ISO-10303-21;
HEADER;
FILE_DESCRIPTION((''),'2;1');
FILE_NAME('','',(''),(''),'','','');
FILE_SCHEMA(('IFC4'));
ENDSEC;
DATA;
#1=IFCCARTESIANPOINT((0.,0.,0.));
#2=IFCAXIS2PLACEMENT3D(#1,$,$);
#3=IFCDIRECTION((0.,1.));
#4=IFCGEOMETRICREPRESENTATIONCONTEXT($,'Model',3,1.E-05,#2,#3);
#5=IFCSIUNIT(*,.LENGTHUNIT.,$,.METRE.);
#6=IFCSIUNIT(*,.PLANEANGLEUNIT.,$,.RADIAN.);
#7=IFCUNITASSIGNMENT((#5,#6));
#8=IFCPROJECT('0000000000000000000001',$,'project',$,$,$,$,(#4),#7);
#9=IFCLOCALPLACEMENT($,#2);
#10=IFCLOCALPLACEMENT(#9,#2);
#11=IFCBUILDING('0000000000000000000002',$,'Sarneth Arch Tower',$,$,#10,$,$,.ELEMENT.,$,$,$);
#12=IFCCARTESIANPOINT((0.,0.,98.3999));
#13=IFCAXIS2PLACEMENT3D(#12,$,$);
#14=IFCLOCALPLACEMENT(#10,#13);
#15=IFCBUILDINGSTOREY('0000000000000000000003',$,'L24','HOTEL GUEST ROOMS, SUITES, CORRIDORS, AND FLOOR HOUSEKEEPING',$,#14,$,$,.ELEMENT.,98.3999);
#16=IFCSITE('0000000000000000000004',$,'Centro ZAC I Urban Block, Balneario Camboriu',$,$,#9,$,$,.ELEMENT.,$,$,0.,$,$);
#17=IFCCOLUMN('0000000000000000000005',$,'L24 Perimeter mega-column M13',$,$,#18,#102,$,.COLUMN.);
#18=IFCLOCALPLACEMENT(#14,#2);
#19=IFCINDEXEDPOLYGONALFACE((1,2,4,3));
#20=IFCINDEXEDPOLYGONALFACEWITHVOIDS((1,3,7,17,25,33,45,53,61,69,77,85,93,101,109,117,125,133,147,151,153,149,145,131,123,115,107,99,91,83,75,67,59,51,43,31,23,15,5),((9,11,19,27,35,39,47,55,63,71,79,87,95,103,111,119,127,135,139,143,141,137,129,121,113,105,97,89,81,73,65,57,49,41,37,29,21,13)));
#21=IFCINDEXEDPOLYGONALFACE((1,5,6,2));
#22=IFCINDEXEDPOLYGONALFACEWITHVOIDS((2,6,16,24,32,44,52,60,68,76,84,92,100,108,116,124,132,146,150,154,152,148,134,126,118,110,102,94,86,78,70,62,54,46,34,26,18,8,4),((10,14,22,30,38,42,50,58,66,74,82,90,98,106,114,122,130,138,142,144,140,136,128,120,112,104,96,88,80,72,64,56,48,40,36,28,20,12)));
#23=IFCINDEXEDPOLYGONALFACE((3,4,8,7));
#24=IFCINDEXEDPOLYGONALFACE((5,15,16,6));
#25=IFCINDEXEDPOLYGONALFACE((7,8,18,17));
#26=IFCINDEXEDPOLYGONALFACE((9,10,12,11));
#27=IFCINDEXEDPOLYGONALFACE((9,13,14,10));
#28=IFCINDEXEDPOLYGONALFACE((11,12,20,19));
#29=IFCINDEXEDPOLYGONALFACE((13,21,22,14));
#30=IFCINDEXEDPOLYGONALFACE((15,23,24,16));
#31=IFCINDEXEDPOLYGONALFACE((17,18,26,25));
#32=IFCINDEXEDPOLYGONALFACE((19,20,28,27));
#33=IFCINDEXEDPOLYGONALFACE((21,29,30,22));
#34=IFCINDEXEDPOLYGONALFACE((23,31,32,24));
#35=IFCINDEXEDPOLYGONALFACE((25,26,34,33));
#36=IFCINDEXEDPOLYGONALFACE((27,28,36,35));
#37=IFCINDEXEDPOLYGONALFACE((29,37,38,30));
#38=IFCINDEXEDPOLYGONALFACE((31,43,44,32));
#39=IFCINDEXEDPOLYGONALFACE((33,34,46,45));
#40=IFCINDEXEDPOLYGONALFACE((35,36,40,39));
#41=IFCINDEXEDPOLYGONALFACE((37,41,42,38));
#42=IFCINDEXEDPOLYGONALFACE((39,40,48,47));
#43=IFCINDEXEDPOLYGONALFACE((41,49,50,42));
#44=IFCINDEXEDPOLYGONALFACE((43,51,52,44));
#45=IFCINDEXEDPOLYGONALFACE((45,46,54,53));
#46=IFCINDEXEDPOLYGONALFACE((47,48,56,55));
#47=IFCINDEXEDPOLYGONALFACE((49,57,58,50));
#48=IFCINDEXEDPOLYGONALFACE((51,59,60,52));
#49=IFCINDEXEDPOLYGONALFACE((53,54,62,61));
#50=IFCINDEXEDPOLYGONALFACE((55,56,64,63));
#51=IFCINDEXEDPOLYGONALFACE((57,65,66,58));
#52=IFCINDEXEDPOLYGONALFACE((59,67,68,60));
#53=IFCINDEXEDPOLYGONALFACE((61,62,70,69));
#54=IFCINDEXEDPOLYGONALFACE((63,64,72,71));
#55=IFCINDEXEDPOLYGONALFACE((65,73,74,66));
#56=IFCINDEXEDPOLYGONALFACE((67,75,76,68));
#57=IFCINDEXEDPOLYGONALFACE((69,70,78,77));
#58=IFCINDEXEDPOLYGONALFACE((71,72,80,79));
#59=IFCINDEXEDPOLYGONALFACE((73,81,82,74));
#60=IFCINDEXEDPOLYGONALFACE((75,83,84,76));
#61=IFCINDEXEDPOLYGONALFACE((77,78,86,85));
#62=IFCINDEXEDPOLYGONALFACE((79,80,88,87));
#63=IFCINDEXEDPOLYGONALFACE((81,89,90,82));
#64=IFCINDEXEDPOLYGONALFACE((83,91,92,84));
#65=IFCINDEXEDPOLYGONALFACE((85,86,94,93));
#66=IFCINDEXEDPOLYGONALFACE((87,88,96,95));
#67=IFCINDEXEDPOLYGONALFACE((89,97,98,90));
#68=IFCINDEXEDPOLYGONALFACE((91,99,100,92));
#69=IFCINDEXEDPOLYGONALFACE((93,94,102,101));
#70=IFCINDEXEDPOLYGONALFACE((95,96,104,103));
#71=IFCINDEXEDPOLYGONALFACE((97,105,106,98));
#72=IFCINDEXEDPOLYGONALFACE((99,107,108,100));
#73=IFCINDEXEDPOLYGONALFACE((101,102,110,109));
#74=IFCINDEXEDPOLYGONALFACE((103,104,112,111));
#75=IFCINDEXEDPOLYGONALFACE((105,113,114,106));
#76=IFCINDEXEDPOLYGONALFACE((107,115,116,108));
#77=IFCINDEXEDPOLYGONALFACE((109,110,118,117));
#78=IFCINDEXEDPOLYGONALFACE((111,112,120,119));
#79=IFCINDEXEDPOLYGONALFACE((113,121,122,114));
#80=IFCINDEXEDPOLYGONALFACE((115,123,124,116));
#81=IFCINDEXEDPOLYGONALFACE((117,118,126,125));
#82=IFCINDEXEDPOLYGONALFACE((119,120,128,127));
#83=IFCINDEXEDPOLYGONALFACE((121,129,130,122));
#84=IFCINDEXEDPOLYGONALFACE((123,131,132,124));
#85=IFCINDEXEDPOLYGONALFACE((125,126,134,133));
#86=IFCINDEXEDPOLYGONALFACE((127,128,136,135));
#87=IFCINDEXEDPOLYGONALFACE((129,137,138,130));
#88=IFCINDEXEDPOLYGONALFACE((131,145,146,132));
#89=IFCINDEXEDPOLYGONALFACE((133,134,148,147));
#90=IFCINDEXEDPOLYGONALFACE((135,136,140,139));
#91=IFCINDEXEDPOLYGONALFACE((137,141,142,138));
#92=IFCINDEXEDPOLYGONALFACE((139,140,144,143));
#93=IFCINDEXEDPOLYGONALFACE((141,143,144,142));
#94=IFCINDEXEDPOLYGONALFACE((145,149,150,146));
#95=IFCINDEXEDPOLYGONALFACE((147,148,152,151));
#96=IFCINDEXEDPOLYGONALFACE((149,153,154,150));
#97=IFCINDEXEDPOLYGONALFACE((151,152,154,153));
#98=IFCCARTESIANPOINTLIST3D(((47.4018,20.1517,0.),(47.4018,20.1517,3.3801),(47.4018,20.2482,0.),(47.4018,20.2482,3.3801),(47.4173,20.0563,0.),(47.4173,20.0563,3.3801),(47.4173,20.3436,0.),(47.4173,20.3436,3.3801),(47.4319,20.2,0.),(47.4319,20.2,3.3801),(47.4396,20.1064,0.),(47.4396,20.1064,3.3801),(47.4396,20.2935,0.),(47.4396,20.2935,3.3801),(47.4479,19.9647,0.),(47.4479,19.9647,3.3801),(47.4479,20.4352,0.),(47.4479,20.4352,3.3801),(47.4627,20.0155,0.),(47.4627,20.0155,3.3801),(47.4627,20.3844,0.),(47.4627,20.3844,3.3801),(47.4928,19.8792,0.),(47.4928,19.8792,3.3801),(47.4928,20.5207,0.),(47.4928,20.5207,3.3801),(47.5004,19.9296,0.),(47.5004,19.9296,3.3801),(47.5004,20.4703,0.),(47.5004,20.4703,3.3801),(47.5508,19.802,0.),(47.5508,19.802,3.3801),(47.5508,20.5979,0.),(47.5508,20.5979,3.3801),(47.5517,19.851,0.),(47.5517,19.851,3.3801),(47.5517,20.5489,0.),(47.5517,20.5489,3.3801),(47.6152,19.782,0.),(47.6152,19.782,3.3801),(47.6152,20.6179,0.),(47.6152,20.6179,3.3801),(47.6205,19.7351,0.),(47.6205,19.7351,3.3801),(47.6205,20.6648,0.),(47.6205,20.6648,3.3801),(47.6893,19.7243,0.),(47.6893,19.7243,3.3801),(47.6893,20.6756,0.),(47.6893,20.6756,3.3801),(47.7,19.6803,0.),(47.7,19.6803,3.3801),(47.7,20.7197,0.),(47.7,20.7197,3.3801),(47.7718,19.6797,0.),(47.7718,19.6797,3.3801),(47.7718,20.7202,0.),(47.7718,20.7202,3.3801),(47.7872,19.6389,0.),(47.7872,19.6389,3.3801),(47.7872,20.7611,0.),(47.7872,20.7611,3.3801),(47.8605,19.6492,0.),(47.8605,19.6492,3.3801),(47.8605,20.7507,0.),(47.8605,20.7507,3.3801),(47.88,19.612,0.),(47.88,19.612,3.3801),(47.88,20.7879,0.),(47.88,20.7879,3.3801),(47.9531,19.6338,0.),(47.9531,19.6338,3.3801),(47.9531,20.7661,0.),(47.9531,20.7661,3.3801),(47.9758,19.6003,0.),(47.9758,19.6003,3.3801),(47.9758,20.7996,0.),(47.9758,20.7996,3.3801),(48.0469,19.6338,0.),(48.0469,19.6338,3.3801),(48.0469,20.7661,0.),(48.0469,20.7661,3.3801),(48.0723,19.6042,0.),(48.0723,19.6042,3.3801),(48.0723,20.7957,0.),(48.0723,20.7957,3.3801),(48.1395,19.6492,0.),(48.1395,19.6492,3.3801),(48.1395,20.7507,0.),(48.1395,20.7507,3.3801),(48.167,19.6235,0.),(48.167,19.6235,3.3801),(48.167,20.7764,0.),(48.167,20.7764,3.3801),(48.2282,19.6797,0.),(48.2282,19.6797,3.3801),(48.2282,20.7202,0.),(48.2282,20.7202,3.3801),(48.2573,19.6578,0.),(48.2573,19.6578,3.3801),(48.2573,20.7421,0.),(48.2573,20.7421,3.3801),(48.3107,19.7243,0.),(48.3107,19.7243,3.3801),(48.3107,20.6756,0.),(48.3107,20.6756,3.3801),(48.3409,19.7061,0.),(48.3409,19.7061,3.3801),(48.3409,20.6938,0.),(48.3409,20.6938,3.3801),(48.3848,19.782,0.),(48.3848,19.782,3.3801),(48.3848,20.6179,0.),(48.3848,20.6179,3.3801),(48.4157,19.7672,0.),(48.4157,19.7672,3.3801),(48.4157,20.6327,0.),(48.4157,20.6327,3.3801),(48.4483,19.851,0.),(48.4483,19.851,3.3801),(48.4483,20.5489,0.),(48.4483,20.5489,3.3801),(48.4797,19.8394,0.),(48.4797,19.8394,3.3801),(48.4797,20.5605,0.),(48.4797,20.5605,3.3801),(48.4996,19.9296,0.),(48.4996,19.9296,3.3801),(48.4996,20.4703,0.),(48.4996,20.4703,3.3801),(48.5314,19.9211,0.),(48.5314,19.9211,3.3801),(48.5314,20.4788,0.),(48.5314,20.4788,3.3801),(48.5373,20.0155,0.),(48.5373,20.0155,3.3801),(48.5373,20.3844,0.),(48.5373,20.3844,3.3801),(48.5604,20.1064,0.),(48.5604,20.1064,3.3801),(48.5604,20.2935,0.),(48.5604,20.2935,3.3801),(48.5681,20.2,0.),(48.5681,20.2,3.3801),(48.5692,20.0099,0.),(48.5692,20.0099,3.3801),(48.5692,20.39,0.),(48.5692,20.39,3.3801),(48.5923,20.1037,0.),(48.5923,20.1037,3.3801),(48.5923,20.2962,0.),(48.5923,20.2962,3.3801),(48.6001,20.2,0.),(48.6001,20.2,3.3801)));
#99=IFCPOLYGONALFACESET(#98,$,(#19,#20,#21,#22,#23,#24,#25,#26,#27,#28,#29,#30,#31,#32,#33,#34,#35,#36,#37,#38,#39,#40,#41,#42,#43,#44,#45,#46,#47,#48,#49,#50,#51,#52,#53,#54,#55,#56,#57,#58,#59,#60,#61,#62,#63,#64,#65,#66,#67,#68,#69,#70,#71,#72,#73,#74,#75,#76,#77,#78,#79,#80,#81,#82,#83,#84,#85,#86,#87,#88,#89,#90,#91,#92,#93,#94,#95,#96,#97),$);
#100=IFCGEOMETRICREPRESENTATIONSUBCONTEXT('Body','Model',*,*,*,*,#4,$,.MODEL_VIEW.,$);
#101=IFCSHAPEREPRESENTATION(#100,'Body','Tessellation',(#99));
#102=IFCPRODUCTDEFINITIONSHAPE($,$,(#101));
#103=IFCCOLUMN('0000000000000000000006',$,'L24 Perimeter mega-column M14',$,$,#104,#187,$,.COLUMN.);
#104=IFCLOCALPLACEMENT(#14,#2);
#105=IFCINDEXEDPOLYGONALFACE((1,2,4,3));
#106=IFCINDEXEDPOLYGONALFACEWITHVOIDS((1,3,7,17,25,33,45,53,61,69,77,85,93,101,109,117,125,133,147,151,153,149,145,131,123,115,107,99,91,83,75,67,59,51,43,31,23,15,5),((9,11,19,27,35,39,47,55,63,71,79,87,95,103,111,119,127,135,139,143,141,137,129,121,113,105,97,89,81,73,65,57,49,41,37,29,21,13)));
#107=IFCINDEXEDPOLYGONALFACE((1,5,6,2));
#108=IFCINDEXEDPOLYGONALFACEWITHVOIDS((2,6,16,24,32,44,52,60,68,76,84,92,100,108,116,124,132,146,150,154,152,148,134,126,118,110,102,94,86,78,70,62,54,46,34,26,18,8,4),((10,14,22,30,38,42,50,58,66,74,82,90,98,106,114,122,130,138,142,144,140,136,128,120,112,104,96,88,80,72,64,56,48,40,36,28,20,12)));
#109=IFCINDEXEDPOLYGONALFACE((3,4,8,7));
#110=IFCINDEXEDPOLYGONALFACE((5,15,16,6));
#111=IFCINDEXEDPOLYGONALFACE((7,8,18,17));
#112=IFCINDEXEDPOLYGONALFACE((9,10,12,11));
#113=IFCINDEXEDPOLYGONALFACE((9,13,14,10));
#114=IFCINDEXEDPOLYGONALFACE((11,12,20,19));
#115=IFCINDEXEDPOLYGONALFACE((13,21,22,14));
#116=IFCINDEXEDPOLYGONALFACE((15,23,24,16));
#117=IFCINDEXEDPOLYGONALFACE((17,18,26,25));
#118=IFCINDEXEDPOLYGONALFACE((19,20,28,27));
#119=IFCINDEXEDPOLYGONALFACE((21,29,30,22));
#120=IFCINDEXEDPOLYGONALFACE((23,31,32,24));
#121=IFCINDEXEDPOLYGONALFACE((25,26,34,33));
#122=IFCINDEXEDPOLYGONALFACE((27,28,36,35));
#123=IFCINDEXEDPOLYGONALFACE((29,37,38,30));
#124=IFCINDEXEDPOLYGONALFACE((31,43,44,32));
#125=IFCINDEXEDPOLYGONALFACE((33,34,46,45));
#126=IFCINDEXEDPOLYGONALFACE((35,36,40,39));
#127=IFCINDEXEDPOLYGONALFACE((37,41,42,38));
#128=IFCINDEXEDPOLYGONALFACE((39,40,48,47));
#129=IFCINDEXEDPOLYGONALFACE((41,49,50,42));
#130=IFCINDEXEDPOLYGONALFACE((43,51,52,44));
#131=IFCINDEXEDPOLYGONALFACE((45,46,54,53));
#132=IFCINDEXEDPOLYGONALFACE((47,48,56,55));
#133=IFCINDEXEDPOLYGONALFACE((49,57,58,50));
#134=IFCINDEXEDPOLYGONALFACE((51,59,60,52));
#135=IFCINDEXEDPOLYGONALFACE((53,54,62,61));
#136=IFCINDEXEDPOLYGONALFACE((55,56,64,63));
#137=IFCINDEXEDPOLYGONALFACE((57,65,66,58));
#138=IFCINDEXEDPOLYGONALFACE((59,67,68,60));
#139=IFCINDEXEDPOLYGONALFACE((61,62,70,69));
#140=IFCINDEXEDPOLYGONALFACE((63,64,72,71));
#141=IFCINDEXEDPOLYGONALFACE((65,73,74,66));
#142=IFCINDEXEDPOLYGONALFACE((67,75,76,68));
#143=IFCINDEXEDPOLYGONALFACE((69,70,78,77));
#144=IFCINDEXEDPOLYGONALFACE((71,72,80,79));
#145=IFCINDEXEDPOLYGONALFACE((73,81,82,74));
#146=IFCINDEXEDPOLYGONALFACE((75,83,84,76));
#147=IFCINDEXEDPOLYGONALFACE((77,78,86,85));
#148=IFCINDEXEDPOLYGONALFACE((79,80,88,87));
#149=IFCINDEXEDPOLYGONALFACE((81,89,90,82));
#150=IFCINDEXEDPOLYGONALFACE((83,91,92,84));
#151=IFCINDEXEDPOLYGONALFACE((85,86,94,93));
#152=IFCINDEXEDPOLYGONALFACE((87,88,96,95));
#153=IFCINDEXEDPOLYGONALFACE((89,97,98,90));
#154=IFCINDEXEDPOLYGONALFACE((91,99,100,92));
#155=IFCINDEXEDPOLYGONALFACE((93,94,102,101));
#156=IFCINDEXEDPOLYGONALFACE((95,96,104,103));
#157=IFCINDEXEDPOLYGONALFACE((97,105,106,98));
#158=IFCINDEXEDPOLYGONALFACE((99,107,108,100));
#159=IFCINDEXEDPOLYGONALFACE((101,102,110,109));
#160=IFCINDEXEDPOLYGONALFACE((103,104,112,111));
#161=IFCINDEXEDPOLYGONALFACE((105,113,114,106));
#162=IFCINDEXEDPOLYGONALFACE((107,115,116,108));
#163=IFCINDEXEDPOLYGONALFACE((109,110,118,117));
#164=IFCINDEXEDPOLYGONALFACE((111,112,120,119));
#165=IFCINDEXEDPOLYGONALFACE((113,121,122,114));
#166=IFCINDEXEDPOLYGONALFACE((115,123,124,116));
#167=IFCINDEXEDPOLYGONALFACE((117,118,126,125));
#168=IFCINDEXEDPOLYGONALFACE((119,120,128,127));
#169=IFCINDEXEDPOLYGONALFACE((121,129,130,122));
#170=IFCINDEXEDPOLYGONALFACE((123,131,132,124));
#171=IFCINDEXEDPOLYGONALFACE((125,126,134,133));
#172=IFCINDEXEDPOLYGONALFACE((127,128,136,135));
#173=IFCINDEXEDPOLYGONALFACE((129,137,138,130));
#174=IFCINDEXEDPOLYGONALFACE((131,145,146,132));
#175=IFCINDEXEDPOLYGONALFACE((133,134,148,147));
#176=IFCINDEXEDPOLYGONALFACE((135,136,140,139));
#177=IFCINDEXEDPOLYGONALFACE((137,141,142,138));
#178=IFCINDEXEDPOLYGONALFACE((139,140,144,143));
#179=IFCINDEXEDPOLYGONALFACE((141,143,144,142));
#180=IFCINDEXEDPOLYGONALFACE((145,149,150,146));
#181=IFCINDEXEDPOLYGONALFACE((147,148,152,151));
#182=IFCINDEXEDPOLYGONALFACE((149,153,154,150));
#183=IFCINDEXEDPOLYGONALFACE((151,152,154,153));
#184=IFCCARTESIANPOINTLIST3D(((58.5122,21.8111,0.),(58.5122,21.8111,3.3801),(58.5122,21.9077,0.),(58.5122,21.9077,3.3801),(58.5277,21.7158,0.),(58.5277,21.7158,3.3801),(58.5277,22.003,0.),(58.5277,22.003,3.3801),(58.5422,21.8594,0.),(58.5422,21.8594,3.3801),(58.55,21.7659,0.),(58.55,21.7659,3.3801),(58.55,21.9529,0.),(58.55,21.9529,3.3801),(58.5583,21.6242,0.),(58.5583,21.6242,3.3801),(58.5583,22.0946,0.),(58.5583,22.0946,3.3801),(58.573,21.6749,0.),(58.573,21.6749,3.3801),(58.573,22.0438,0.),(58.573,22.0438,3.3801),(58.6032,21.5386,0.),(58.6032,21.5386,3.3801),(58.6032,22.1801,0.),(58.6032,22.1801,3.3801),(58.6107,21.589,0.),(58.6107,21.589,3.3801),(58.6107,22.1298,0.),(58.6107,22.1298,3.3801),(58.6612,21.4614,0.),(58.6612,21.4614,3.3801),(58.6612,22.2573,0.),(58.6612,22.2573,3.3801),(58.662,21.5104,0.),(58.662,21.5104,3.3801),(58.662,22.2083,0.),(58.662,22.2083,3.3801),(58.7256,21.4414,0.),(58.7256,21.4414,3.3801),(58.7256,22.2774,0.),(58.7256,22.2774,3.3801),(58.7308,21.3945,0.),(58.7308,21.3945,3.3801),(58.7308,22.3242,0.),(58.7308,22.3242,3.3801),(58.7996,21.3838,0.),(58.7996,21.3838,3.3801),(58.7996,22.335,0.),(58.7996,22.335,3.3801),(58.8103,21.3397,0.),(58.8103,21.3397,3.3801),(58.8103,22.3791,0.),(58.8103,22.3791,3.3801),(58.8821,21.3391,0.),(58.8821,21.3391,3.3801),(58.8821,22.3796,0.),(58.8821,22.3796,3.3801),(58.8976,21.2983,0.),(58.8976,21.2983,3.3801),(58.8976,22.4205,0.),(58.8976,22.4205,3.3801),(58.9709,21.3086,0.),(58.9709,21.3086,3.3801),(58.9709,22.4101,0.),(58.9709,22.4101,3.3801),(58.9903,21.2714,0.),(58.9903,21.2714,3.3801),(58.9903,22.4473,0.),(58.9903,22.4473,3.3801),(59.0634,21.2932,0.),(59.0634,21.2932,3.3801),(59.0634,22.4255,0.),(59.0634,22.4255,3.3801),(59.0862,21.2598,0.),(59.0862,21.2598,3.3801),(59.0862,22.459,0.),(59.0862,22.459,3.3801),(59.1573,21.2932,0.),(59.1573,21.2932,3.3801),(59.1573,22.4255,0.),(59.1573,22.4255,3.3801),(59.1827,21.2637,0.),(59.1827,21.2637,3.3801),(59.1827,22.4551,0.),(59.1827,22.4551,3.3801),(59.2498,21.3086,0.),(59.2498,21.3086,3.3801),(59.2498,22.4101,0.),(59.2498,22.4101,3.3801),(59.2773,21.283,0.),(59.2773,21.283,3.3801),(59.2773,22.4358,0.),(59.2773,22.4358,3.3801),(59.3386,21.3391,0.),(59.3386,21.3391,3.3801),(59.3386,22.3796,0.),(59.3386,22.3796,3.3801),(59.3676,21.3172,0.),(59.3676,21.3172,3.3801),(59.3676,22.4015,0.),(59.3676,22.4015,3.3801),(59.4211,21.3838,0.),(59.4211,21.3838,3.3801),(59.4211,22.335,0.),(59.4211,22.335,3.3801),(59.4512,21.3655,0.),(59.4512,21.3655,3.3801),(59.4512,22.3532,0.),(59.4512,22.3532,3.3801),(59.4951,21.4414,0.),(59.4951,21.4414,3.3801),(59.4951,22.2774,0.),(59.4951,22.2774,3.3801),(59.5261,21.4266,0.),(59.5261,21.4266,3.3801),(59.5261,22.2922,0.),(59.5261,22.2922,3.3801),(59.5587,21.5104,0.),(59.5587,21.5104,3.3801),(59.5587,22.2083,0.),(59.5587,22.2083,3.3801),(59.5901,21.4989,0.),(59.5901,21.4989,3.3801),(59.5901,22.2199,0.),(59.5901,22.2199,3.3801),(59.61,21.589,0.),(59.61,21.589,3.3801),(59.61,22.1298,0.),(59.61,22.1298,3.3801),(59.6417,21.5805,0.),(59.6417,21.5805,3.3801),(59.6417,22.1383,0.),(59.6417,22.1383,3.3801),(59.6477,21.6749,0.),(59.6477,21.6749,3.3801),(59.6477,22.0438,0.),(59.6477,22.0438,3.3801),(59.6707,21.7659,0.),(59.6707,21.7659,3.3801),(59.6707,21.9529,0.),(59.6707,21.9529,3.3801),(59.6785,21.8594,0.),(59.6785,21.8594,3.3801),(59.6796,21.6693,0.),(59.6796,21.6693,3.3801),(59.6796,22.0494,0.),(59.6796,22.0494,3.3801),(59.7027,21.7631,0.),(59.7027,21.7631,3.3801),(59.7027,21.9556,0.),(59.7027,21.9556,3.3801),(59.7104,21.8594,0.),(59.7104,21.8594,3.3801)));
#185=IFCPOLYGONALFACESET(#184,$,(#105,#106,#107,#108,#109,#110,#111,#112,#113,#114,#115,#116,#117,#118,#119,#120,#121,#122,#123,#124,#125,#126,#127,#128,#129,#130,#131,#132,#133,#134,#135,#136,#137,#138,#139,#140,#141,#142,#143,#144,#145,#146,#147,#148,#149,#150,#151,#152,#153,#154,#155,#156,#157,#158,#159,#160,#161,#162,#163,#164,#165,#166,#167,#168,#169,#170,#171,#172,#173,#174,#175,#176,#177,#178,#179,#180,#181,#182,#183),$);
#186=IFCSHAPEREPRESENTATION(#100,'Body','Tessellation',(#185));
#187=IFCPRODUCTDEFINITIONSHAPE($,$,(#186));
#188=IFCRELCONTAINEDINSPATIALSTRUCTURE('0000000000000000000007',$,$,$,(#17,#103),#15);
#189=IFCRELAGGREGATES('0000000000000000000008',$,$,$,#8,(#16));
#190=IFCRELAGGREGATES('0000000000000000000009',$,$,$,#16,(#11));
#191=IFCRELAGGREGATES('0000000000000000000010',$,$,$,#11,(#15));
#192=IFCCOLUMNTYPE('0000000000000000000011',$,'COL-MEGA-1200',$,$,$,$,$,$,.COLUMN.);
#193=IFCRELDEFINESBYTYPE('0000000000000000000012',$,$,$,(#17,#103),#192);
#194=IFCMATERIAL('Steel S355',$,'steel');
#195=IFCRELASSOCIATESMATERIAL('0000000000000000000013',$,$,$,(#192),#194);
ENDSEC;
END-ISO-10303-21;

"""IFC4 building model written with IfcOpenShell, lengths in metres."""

from ifc_helpers import new_model, si_unit, direction, frame, origin, origin_2d, place, context, subcontext, project, spatial, hollow_circle, extrude, material, material_profile, profile_set, type_object, element, save


model = new_model("IFC4")

# Units and contexts
model_context = context("Model", 3, precision=1e-05, world=origin(), true_north=direction((0.0, 1.0)))
body_context = subcontext(model_context, "Body", "Model", "MODEL_VIEW")
ifc_project = project(units=[si_unit("LENGTHUNIT", "METRE"), si_unit("PLANEANGLEUNIT", "RADIAN")], contexts=[model_context])

# Site, building, storey
site_placement = place(None, origin())
site = spatial("IfcSite", under=ifc_project, at=site_placement, Name="Centro ZAC I Urban Block, Balneario Camboriu", CompositionType="ELEMENT", RefElevation=0.0)
building_placement = place(site_placement, origin())
building = spatial("IfcBuilding", under=site, at=building_placement, Name="Sarneth Arch Tower", CompositionType="ELEMENT")
storey_placement = place(building_placement, frame((0.0, 0.0, 98.3999)))
storey = spatial("IfcBuildingStorey", under=building, at=storey_placement, Name="L24", Description="HOTEL GUEST ROOMS, SUITES, CORRIDORS, AND FLOOR HOUSEKEEPING", CompositionType="ELEMENT", Elevation=98.3999)

# Columns
ifc_material_1 = material(Name="Steel S355", Category="steel")
ifc_material_profile_1 = material_profile(ifc_material_1, hollow_circle(Radius=0.6001, WallThickness=0.032, at=origin_2d()), Name="CHS1200x32")
ifc_profile_set_1 = profile_set([ifc_material_profile_1], Name="Steel S355")
column_type = type_object("IfcColumnType", Name="COL-MEGA-1200", PredefinedType="COLUMN", material=ifc_profile_set_1)
for number, where, z_axis, x_axis, name in (
    (1, (48.0, 20.2, 0.0), (0.0, 0.0, 1.0), (1.0, 0.0, 0.0), "L24 Perimeter mega-column M13"),
    (2, (59.1104, 21.8594, 0.0), (0.0, 0.0, 1.0), (1.0, 0.0, 0.0), "L24 Perimeter mega-column M14"),
):
    element("IfcColumn", number, at=place(storey_placement, frame(where, z_axis=z_axis, x_axis=x_axis)), inside=storey, type_object=column_type, Name=name, PredefinedType="COLUMN", context=body_context, shape_type="SweptSolid", body=[
        extrude(hollow_circle(Radius=0.6001, WallThickness=0.032, at=origin_2d()), origin(), (0.0, 0.0, 1.0), 3.3801),
    ])

save(model, "model.ifc")
